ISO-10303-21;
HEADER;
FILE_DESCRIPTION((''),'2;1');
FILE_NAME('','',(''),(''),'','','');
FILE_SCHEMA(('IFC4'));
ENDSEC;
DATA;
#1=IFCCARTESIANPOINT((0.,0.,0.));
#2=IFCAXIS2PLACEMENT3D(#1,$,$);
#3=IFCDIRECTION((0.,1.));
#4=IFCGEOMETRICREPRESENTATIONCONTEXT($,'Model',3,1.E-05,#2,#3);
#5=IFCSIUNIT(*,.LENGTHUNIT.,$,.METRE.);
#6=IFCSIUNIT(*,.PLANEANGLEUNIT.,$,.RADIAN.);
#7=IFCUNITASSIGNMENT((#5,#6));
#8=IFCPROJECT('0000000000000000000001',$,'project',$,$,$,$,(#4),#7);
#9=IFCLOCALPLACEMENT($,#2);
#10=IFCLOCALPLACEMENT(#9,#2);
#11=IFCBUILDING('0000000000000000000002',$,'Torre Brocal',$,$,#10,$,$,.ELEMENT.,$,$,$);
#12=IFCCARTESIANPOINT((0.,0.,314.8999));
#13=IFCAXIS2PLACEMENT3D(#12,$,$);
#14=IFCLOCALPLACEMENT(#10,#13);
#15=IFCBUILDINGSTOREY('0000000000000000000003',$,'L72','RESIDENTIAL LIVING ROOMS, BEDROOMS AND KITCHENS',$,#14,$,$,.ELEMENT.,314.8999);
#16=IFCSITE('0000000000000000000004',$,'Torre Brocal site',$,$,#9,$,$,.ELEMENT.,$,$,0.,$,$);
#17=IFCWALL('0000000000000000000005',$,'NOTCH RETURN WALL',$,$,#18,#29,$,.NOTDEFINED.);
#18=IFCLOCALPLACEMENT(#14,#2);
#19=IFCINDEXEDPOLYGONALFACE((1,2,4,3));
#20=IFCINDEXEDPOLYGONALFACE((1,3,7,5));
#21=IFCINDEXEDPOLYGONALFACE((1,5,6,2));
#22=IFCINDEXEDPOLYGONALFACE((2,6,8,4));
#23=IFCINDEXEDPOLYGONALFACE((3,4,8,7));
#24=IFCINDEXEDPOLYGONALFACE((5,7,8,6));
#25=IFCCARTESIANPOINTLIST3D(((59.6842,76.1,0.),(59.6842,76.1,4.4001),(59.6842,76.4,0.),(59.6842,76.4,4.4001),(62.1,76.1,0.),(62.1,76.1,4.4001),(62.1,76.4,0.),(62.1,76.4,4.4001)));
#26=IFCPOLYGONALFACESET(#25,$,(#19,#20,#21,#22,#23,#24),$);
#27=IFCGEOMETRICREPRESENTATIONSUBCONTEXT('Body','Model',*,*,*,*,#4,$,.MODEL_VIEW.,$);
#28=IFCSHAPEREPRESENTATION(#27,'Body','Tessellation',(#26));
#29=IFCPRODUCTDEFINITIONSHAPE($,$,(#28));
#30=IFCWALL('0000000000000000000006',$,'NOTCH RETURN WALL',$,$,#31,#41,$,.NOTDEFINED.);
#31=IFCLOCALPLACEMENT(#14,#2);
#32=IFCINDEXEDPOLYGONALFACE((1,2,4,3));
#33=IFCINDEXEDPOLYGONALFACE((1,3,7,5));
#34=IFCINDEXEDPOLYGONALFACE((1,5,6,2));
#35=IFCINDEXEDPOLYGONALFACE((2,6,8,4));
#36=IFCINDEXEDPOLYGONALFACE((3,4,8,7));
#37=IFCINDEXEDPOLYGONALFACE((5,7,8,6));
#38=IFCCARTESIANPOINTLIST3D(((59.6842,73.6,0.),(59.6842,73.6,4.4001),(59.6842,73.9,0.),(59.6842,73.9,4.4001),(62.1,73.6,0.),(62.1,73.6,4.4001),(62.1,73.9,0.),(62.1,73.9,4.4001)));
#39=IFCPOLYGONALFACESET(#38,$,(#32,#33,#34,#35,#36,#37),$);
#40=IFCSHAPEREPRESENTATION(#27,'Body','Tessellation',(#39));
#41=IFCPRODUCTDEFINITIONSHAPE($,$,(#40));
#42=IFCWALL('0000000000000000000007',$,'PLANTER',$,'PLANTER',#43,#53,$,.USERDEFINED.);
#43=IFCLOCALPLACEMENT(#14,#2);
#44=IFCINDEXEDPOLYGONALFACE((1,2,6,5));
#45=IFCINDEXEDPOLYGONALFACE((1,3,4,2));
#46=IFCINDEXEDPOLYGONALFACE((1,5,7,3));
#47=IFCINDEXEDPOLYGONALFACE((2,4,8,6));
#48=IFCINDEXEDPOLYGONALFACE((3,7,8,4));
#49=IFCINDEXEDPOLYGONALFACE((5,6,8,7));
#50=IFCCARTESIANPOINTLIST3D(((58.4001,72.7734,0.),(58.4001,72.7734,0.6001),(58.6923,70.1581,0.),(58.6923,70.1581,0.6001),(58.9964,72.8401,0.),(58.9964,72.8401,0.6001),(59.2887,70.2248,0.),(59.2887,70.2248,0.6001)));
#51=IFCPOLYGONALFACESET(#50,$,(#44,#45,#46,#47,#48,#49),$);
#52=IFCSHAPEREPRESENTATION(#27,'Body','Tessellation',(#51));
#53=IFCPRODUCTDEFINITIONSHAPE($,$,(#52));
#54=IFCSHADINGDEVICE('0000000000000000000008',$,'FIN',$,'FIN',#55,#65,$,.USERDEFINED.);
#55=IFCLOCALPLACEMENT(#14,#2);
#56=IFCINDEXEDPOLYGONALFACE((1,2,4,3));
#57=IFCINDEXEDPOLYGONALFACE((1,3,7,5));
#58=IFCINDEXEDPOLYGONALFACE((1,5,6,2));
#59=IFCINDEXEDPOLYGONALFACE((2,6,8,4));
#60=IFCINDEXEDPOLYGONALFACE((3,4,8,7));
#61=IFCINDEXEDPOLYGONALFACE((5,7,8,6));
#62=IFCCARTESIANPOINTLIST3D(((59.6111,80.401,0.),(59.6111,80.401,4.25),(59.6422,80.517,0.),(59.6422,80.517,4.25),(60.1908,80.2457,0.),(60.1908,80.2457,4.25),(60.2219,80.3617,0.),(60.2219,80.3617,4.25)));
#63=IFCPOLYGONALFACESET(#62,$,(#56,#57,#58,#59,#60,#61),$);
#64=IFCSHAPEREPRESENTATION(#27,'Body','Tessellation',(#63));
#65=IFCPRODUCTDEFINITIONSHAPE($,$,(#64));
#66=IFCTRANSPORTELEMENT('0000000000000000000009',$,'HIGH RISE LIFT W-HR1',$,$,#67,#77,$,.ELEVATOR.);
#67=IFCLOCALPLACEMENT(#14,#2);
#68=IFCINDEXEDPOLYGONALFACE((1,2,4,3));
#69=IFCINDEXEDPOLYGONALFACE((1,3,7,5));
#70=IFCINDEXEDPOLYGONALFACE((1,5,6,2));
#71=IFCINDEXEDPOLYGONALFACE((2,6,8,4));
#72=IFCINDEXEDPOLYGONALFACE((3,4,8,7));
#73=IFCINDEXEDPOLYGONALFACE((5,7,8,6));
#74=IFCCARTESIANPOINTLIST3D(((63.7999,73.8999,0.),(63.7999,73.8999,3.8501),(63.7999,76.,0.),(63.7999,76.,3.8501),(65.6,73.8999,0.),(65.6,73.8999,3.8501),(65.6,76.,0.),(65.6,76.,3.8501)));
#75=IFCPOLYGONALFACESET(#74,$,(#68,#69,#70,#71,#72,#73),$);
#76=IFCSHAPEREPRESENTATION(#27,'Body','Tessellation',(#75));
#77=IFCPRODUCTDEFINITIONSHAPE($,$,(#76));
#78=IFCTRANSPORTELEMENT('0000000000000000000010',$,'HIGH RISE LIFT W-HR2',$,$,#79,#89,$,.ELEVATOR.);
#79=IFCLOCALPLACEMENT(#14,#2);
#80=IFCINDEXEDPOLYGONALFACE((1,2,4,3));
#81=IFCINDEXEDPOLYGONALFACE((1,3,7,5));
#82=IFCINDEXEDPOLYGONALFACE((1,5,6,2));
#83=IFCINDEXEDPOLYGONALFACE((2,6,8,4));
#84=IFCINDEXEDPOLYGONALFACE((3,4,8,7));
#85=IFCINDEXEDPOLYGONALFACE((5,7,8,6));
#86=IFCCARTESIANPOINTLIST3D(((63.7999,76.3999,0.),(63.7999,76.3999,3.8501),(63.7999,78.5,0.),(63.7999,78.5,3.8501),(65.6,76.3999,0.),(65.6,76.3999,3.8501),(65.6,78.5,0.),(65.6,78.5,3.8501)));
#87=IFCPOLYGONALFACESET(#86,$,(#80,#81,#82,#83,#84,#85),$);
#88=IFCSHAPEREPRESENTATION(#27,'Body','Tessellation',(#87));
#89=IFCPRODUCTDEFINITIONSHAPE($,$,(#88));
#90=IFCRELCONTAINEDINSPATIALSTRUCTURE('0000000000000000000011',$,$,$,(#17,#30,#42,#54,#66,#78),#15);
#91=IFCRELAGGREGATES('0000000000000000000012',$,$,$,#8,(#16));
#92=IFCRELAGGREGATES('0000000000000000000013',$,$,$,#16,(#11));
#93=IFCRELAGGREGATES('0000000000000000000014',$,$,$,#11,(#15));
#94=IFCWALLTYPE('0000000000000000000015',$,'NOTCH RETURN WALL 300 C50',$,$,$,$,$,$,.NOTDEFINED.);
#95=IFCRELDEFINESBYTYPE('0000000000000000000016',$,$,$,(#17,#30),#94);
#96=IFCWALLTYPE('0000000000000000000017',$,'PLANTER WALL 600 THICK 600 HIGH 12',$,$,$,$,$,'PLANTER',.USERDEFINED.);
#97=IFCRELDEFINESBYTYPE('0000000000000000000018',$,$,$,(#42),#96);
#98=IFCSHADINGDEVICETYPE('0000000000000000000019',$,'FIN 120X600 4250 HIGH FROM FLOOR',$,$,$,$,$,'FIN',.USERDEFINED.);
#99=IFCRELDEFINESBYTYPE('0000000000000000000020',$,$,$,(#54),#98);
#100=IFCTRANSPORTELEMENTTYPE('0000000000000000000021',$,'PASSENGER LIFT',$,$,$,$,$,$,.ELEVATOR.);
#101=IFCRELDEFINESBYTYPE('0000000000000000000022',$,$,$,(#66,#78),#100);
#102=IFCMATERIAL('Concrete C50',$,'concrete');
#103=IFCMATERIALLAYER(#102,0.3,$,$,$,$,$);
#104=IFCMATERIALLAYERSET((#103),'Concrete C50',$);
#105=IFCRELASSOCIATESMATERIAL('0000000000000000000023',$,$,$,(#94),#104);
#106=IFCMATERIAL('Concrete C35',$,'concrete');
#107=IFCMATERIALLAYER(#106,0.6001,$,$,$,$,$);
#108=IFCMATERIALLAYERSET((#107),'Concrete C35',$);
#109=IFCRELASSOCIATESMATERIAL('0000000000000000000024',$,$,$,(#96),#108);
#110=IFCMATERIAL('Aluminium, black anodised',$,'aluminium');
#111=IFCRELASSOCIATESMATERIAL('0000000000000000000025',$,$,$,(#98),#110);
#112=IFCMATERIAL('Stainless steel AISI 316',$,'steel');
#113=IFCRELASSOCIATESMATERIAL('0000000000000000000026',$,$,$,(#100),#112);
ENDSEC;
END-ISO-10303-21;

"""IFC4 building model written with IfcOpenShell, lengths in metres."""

from ifc_helpers import new_model, si_unit, direction, frame, frame_2d, origin, origin_2d, place, context, subcontext, project, spatial, rectangle, extrude, material, layer, layer_set, material_profile, profile_set, type_object, element, save


model = new_model("IFC4")

# Units and contexts
model_context = context("Model", 3, precision=1e-05, world=origin(), true_north=direction((0.0, 1.0)))
body_context = subcontext(model_context, "Body", "Model", "MODEL_VIEW")
ifc_project = project(units=[si_unit("LENGTHUNIT", "METRE"), si_unit("PLANEANGLEUNIT", "RADIAN")], contexts=[model_context])

# Site, building, storey
site_placement = place(None, origin())
site = spatial("IfcSite", under=ifc_project, at=site_placement, Name="Torre Brocal site", CompositionType="ELEMENT", RefElevation=0.0)
building_placement = place(site_placement, origin())
building = spatial("IfcBuilding", under=site, at=building_placement, Name="Torre Brocal", CompositionType="ELEMENT")
storey_placement = place(building_placement, frame((0.0, 0.0, 314.8999)))
storey = spatial("IfcBuildingStorey", under=building, at=storey_placement, Name="L72", Description="RESIDENTIAL LIVING ROOMS, BEDROOMS AND KITCHENS", CompositionType="ELEMENT", Elevation=314.8999)

# Walls
ifc_material_1 = material(Name="Concrete C50", Category="concrete")
ifc_layer_1 = layer(ifc_material_1, 0.3)
ifc_layer_set_1 = layer_set([ifc_layer_1], Name="Concrete C50")
wall_type_1 = type_object("IfcWallType", Name="NOTCH RETURN WALL 300 C50", PredefinedType="NOTDEFINED", material=ifc_layer_set_1)
for number, where, z_axis, x_axis, name in (
    (1, (62.1001, 76.25, 0.0), (0.0, 0.0, 1.0), (-1.0, 0.0, 0.0), "NOTCH RETURN WALL"),
    (2, (62.1001, 73.75, 0.0), (0.0, 0.0, 1.0), (-1.0, 0.0, 0.0), "NOTCH RETURN WALL"),
):
    element("IfcWall", number, at=place(storey_placement, frame(where, z_axis=z_axis, x_axis=x_axis)), inside=storey, type_object=wall_type_1, Name=name, PredefinedType="NOTDEFINED", context=body_context, shape_type="SweptSolid", body=[
        extrude(rectangle(XDim=2.4158, YDim=0.3, at=frame_2d((1.208, 0.0))), origin(), (0.0, 0.0, 1.0), 4.4001),
    ])
ifc_material_2 = material(Name="Concrete C35", Category="concrete")
ifc_layer_2 = layer(ifc_material_2, 0.6001)
ifc_layer_set_2 = layer_set([ifc_layer_2], Name="Concrete C35")
wall_type_2 = type_object("IfcWallType", Name="PLANTER WALL 600 THICK 600 HIGH 12", ElementType="PLANTER", PredefinedType="USERDEFINED", material=ifc_layer_set_2)
wall_1_placement = place(storey_placement, frame((58.6982, 72.8069, 0.0), z_axis=(0.0, 0.0, 1.0), x_axis=(0.111053, -0.993815, 0.0)))
element("IfcWall", 3, at=wall_1_placement, inside=storey, type_object=wall_type_2, Name="PLANTER", ObjectType="PLANTER", PredefinedType="USERDEFINED", context=body_context, shape_type="SweptSolid", body=[
    extrude(rectangle(XDim=2.6316, YDim=0.6001, at=frame_2d((1.3159, 0.0))), origin(), (0.0, 0.0, 1.0), 0.6001),
])

# Shading device
ifc_material_3 = material(Name="Aluminium, black anodised", Category="aluminium")
ifc_material_profile_1 = material_profile(ifc_material_3, rectangle(XDim=0.1201, YDim=0.6001, at=origin_2d()), Name="FIN 120X600 4250 HIGH FROM FLOOR")
ifc_profile_set_1 = profile_set([ifc_material_profile_1], Name="Aluminium, black anodised")
shading_device_type = type_object("IfcShadingDeviceType", Name="FIN 120X600 4250 HIGH FROM FLOOR", ElementType="FIN", PredefinedType="USERDEFINED", material=ifc_profile_set_1)
shading_device_placement = place(storey_placement, frame((59.9165, 80.3813, 0.0), z_axis=(0.0, 0.0, 1.0), x_axis=(-0.258819, -0.965926, 0.0)))
element("IfcShadingDevice", 4, at=shading_device_placement, inside=storey, type_object=shading_device_type, Name="FIN", ObjectType="FIN", PredefinedType="USERDEFINED", context=body_context, shape_type="SweptSolid", body=[
    extrude(rectangle(XDim=0.1201, YDim=0.6001, at=origin_2d()), origin(), (0.0, 0.0, 1.0), 4.25),
])

# Transport elements
ifc_material_4 = material(Name="Stainless steel AISI 316", Category="steel")
transport_element_type = type_object("IfcTransportElementType", Name="PASSENGER LIFT", PredefinedType="ELEVATOR", material=ifc_material_4)
for number, where, z_axis, x_axis, name in (
    (5, (64.7, 74.95, 0.0), (0.0, 0.0, 1.0), (1.0, 0.0, 0.0), "HIGH RISE LIFT W-HR1"),
    (6, (64.7, 77.45, 0.0), (0.0, 0.0, 1.0), (1.0, 0.0, 0.0), "HIGH RISE LIFT W-HR2"),
):
    element("IfcTransportElement", number, at=place(storey_placement, frame(where, z_axis=z_axis, x_axis=x_axis)), inside=storey, type_object=transport_element_type, Name=name, PredefinedType="ELEVATOR", context=body_context, shape_type="SweptSolid", body=[
        extrude(rectangle(XDim=1.8, YDim=2.1001, at=origin_2d()), origin(), (0.0, 0.0, 1.0), 3.8501),
    ])

save(model, "model.ifc")
